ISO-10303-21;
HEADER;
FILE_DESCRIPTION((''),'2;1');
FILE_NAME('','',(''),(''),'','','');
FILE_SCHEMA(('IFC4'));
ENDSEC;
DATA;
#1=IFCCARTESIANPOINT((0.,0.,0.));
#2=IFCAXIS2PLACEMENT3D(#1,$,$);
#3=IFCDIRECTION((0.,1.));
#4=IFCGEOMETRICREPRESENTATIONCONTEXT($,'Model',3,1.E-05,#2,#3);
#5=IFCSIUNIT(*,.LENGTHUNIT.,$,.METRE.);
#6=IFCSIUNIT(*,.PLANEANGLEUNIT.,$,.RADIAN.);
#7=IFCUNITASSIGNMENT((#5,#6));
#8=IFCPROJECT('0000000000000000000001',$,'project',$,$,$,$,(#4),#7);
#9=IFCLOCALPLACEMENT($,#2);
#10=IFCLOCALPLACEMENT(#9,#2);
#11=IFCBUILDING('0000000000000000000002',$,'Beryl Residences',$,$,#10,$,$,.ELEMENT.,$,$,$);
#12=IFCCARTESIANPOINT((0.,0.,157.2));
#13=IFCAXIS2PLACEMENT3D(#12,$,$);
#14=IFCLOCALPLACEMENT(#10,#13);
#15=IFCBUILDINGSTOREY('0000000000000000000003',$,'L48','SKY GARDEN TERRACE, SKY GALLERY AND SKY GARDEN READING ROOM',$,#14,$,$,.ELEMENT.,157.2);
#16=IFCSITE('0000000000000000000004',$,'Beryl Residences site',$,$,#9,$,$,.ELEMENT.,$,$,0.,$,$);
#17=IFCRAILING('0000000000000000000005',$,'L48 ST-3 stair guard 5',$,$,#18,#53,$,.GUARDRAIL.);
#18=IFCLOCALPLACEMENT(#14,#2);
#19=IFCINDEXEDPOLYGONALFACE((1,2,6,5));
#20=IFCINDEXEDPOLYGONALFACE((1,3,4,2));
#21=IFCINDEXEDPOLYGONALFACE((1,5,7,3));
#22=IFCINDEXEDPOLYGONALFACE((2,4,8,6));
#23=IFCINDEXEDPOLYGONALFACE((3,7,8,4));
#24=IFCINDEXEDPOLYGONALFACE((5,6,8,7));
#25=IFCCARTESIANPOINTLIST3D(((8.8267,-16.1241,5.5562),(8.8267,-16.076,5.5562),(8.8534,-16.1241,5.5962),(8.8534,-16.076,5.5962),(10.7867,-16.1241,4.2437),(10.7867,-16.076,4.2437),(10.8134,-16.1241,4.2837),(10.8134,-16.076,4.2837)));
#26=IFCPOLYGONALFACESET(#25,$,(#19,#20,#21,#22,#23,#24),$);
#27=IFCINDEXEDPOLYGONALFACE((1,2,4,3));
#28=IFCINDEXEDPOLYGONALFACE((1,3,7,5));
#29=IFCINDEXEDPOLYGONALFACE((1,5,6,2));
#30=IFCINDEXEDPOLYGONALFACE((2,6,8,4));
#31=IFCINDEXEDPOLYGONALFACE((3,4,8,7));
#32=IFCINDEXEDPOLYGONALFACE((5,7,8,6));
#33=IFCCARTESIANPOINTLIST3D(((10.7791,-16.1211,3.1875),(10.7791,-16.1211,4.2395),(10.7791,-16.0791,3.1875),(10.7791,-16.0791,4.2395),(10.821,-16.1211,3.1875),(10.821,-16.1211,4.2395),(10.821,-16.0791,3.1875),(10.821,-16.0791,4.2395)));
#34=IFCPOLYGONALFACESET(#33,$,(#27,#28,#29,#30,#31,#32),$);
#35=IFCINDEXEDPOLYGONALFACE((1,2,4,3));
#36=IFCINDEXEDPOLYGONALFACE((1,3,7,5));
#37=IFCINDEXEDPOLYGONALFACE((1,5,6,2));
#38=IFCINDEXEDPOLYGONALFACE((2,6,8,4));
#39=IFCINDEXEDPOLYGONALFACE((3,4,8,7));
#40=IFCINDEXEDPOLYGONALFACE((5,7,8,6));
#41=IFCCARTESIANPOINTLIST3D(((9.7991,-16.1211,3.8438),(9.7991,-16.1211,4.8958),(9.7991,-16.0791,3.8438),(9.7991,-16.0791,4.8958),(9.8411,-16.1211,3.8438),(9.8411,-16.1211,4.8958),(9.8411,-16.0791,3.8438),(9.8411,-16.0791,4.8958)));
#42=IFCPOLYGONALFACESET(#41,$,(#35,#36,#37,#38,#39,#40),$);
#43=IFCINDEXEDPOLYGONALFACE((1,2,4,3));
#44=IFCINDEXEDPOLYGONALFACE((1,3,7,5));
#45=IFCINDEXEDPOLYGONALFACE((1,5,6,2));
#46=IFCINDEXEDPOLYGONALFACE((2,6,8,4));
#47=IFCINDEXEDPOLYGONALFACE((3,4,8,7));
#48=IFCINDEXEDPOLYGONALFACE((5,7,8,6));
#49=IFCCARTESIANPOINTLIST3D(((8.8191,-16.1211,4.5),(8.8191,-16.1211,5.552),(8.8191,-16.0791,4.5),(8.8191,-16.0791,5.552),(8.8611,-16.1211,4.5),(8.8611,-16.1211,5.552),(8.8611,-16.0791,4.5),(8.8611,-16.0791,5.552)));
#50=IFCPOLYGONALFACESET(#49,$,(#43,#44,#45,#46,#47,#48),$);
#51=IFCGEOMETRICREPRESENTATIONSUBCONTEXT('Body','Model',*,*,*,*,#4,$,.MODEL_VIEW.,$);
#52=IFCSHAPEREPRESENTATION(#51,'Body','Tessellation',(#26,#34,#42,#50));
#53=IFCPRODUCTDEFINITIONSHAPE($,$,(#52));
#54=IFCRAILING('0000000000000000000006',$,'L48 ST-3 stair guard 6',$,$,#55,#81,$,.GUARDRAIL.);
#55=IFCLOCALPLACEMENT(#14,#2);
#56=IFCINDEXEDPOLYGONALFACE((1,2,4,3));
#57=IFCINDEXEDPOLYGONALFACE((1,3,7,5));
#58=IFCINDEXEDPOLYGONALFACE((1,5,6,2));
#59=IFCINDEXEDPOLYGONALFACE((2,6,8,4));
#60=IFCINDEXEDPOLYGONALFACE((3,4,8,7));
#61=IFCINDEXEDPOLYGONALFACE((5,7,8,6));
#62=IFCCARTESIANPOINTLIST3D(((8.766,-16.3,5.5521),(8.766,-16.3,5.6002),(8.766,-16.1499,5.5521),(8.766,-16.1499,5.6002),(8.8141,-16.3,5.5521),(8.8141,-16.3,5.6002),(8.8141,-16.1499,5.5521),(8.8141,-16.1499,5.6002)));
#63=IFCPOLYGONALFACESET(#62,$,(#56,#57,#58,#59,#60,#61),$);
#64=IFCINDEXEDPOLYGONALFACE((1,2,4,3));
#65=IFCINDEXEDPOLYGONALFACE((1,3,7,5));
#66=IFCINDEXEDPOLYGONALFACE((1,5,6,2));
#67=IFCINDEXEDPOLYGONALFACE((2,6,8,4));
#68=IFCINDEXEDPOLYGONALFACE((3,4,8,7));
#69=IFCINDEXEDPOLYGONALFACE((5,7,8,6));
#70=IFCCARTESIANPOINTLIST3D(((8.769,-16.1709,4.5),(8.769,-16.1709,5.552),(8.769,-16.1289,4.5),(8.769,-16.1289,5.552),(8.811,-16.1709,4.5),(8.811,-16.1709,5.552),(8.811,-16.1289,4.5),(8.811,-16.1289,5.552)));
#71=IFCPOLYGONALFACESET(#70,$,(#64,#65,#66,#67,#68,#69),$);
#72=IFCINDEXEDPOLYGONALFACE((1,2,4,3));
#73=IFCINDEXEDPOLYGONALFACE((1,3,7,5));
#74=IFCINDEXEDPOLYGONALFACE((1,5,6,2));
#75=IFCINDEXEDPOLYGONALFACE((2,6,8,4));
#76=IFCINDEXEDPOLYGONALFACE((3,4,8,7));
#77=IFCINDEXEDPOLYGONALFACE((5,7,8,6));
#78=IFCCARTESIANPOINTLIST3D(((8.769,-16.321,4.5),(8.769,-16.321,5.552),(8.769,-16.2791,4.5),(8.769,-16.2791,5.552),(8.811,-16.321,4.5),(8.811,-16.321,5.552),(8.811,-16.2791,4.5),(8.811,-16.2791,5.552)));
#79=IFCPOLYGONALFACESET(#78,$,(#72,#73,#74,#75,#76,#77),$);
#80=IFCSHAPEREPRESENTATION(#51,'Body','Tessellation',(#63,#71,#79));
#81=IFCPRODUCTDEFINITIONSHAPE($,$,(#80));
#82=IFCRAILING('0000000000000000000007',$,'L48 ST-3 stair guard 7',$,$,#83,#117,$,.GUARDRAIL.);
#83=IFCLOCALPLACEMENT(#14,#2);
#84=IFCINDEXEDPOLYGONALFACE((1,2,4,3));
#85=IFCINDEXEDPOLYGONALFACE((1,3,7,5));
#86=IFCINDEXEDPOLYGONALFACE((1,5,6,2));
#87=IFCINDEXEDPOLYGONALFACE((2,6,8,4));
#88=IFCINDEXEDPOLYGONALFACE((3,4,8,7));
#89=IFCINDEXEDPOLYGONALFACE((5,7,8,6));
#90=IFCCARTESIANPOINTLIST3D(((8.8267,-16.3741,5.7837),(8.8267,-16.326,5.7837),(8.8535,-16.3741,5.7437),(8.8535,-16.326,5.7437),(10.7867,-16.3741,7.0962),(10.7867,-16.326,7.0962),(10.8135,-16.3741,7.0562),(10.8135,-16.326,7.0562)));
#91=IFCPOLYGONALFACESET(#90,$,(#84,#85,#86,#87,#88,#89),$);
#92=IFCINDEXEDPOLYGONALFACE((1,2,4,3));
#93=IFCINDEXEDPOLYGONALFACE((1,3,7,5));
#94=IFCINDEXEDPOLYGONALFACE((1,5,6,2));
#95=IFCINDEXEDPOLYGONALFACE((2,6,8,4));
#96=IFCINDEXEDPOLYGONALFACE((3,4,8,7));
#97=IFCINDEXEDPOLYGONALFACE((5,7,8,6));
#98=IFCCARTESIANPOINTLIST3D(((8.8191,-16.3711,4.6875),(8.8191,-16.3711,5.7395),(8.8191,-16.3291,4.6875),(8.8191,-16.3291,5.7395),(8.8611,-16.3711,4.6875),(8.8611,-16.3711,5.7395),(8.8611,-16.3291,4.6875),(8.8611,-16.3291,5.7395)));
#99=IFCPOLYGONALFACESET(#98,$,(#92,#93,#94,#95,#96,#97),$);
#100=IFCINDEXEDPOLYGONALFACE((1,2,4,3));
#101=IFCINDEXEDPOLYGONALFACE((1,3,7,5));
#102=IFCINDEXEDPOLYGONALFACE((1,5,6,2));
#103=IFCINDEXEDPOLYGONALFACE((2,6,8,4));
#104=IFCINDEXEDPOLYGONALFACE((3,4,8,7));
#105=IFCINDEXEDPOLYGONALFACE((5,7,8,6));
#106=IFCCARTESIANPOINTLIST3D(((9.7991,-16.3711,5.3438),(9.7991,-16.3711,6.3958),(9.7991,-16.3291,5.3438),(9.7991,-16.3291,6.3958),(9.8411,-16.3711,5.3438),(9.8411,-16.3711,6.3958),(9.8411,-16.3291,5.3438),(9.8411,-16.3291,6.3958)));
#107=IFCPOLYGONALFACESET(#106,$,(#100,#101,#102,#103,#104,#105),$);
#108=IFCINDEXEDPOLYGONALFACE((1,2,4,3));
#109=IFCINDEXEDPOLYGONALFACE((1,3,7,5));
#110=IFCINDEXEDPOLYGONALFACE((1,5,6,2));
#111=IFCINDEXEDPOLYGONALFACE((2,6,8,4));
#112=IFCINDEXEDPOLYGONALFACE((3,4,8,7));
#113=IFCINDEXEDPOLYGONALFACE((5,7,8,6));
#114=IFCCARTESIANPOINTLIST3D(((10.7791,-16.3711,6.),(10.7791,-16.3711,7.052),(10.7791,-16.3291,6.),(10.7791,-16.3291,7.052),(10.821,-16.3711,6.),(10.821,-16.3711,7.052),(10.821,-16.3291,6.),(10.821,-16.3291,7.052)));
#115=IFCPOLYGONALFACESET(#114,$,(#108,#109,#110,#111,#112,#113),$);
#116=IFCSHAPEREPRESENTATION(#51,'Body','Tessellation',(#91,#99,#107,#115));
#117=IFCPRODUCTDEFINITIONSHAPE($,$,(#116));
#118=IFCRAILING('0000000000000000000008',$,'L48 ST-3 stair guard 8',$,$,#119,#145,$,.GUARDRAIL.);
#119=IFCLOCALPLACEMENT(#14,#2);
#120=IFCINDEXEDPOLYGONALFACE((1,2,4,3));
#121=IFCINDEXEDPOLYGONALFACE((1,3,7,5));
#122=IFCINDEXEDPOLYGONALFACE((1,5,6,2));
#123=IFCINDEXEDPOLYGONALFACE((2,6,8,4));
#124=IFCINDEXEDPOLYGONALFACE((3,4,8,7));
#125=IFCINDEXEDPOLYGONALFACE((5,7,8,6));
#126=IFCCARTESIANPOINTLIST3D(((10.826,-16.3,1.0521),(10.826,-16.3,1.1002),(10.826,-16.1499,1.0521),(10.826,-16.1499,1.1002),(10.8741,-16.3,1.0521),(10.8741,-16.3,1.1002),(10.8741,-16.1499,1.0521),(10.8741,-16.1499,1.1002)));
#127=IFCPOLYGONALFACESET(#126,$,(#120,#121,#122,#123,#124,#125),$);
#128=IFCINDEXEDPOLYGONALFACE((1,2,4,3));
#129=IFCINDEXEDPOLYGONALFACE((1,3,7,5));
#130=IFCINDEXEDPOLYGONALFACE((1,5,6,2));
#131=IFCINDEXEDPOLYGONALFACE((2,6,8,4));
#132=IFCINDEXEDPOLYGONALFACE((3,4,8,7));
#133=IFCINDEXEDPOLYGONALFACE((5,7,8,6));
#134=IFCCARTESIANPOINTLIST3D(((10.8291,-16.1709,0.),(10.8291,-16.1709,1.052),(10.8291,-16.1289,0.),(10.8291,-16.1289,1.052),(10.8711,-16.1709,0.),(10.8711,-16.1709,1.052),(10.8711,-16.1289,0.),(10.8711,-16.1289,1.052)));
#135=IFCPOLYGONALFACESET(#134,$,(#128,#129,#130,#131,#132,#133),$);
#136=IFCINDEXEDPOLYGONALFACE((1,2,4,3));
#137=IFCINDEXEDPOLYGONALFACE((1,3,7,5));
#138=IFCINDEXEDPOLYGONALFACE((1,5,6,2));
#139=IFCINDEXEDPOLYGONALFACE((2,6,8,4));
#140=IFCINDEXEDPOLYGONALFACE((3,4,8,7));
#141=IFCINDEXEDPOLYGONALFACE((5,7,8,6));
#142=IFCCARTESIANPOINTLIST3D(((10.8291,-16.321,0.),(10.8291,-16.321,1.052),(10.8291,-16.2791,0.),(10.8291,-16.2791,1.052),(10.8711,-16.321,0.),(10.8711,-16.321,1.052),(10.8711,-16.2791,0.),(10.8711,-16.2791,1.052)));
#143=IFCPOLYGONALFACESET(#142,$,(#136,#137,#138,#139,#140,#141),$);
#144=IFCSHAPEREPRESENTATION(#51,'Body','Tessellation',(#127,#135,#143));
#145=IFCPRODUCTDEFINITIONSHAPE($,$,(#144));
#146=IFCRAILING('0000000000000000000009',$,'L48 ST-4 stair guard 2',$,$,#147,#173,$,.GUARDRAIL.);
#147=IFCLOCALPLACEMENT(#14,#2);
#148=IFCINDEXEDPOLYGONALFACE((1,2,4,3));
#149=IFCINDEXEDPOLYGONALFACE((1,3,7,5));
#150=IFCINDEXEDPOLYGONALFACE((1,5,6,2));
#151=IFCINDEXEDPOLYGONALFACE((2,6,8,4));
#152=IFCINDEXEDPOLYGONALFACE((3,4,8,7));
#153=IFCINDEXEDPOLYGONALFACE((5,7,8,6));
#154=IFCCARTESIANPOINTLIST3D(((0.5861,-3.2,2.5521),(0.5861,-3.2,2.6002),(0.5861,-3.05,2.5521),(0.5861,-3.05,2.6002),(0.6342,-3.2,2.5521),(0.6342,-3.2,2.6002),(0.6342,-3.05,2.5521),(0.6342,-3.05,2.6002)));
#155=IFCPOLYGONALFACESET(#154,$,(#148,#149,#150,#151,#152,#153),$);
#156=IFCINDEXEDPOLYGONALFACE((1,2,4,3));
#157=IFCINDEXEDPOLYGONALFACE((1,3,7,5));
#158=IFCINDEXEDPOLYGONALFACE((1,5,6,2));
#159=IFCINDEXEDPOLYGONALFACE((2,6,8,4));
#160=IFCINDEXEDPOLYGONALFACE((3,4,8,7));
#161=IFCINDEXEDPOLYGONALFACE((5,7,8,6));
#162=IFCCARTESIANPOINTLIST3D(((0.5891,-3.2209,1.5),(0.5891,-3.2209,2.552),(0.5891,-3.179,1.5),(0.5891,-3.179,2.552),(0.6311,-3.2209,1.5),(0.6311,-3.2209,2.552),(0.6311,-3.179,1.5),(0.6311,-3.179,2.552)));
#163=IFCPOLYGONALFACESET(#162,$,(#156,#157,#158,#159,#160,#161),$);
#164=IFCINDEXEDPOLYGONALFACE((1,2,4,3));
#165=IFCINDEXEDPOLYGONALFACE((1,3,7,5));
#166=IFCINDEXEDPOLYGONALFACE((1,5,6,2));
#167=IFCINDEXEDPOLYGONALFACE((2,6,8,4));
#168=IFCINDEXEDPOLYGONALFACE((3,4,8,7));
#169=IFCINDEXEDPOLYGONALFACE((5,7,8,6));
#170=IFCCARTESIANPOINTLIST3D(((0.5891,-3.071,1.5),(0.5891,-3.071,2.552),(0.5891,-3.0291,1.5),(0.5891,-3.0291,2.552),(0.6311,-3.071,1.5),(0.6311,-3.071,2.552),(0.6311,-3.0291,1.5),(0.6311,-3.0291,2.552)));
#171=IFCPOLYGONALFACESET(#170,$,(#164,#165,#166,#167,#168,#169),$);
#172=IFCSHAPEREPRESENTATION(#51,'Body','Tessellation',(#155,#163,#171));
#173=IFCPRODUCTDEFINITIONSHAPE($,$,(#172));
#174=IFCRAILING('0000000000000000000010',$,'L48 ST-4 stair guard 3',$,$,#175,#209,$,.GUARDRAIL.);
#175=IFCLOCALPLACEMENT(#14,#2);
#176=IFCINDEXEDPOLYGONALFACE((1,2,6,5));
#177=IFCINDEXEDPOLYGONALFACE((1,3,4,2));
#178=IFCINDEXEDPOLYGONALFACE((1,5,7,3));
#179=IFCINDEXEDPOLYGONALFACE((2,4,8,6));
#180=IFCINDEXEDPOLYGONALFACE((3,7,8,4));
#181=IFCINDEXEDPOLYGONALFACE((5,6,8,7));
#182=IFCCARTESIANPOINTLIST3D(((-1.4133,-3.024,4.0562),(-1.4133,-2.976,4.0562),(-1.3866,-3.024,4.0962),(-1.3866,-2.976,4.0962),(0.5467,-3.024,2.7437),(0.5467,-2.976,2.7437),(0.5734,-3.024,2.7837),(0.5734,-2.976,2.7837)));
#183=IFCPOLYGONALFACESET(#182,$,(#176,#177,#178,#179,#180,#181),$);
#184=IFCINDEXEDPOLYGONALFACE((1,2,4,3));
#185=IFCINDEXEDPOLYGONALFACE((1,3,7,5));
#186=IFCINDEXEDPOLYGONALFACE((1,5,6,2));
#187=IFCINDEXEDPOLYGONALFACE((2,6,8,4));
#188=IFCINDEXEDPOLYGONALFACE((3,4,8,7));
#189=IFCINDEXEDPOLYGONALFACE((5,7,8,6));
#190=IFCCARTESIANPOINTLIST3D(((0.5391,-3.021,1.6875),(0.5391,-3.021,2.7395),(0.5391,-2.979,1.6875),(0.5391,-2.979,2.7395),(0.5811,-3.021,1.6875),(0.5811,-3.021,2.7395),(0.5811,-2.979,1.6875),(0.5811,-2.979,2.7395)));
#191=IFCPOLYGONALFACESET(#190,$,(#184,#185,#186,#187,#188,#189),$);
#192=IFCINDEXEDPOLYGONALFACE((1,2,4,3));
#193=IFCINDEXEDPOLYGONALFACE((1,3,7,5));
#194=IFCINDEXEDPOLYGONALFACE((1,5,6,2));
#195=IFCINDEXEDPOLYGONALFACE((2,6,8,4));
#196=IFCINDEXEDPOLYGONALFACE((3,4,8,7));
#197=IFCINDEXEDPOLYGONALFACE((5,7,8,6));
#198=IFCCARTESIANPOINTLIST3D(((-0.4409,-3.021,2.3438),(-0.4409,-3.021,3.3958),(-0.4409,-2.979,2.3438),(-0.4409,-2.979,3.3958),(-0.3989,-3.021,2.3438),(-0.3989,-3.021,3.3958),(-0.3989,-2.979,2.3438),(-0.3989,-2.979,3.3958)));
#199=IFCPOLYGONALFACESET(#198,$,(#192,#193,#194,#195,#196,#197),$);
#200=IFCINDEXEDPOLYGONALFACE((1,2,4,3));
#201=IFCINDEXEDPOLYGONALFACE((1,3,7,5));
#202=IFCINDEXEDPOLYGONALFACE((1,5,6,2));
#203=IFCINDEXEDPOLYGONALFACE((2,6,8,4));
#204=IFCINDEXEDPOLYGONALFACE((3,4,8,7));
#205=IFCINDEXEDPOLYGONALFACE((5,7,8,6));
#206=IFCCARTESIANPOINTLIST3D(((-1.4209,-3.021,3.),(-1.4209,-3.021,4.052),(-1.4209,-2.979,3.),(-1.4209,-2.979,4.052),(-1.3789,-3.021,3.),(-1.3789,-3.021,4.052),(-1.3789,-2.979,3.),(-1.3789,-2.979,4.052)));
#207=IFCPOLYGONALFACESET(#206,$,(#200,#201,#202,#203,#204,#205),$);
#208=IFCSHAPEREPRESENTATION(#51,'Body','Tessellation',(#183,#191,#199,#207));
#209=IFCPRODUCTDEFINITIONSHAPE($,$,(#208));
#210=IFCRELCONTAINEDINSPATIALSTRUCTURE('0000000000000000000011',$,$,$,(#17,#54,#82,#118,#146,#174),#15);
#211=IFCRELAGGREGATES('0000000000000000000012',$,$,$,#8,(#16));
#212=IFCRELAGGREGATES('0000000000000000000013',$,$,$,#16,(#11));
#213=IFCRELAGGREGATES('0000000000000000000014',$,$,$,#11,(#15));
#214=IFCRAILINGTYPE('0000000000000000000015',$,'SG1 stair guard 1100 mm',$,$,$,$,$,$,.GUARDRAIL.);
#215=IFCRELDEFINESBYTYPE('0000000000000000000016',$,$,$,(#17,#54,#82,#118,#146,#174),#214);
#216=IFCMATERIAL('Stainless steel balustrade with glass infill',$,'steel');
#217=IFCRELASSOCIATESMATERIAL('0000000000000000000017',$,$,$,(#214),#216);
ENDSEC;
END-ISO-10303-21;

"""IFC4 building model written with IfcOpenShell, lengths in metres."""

from ifc_helpers import new_model, si_unit, direction, frame, origin, origin_2d, place, context, subcontext, project, spatial, rectangle, extrude, material, type_object, element, save


model = new_model("IFC4")

# Units and contexts
model_context = context("Model", 3, precision=1e-05, world=origin(), true_north=direction((0.0, 1.0)))
body_context = subcontext(model_context, "Body", "Model", "MODEL_VIEW")
ifc_project = project(units=[si_unit("LENGTHUNIT", "METRE"), si_unit("PLANEANGLEUNIT", "RADIAN")], contexts=[model_context])

# Site, building, storey
site_placement = place(None, origin())
site = spatial("IfcSite", under=ifc_project, at=site_placement, Name="Beryl Residences site", CompositionType="ELEMENT", RefElevation=0.0)
building_placement = place(site_placement, origin())
building = spatial("IfcBuilding", under=site, at=building_placement, Name="Beryl Residences", CompositionType="ELEMENT")
storey_placement = place(building_placement, frame((0.0, 0.0, 157.2)))
storey = spatial("IfcBuildingStorey", under=building, at=storey_placement, Name="L48", Description="SKY GARDEN TERRACE, SKY GALLERY AND SKY GARDEN READING ROOM", CompositionType="ELEMENT", Elevation=157.2)

# Railings
ifc_material_1 = material(Name="Stainless steel balustrade with glass infill", Category="steel")
railing_type_1 = type_object("IfcRailingType", Name="SG1 stair guard 1100 mm", PredefinedType="GUARDRAIL", material=ifc_material_1)
railing_1_placement = place(storey_placement, frame((10.8, -16.1001, 3.1875)))
element("IfcRailing", 1, at=railing_1_placement, inside=storey, type_object=railing_type_1, Name="L48 ST-3 stair guard 5", PredefinedType="GUARDRAIL", context=body_context, shape_type="SweptSolid", body=[
    extrude(rectangle(XDim=0.0481, YDim=0.0481, at=origin_2d()), frame((0.0, 0.0, 1.0762), z_axis=(-0.830902, 0.0, 0.556419), x_axis=(0.0, -1.0, 0.0)), (0.0, 0.0, 1.0), 2.3589),
    extrude(rectangle(XDim=0.042, YDim=0.042, at=origin_2d()), origin(), (0.0, 0.0, 1.0), 1.052),
    extrude(rectangle(XDim=0.042, YDim=0.042, at=origin_2d()), frame((-0.98, 0.0, 0.6562)), (0.0, 0.0, 1.0), 1.052),
    extrude(rectangle(XDim=0.042, YDim=0.042, at=origin_2d()), frame((-1.96, 0.0, 1.3125)), (0.0, 0.0, 1.0), 1.052),
])
railing_2_placement = place(storey_placement, frame((8.79, -16.1499, 4.5)))
element("IfcRailing", 2, at=railing_2_placement, inside=storey, type_object=railing_type_1, Name="L48 ST-3 stair guard 6", PredefinedType="GUARDRAIL", context=body_context, shape_type="SweptSolid", body=[
    extrude(rectangle(XDim=0.0481, YDim=0.0481, at=origin_2d()), frame((0.0, 0.0, 1.0762), z_axis=(0.0, -1.0, 0.0), x_axis=(1.0, 0.0, 0.0)), (0.0, 0.0, 1.0), 0.1501),
    extrude(rectangle(XDim=0.042, YDim=0.042, at=origin_2d()), origin(), (0.0, 0.0, 1.0), 1.052),
    extrude(rectangle(XDim=0.042, YDim=0.042, at=origin_2d()), frame((0.0, -0.1501, 0.0)), (0.0, 0.0, 1.0), 1.052),
])
railing_3_placement = place(storey_placement, frame((8.8401, -16.3501, 4.6875)))
element("IfcRailing", 3, at=railing_3_placement, inside=storey, type_object=railing_type_1, Name="L48 ST-3 stair guard 7", PredefinedType="GUARDRAIL", context=body_context, shape_type="SweptSolid", body=[
    extrude(rectangle(XDim=0.0481, YDim=0.0481, at=origin_2d()), frame((0.0, 0.0, 1.0762), z_axis=(0.830902, 0.0, 0.556419), x_axis=(0.0, 1.0, 0.0)), (0.0, 0.0, 1.0), 2.3589),
    extrude(rectangle(XDim=0.042, YDim=0.042, at=origin_2d()), origin(), (0.0, 0.0, 1.0), 1.052),
    extrude(rectangle(XDim=0.042, YDim=0.042, at=origin_2d()), frame((0.98, 0.0, 0.6562)), (0.0, 0.0, 1.0), 1.052),
    extrude(rectangle(XDim=0.042, YDim=0.042, at=origin_2d()), frame((1.96, 0.0, 1.3125)), (0.0, 0.0, 1.0), 1.052),
])
railing_4_placement = place(storey_placement, frame((10.8501, -16.1499, 0.0)))
element("IfcRailing", 4, at=railing_4_placement, inside=storey, type_object=railing_type_1, Name="L48 ST-3 stair guard 8", PredefinedType="GUARDRAIL", context=body_context, shape_type="SweptSolid", body=[
    extrude(rectangle(XDim=0.0481, YDim=0.0481, at=origin_2d()), frame((0.0, 0.0, 1.0762), z_axis=(0.0, -1.0, 0.0), x_axis=(1.0, 0.0, 0.0)), (0.0, 0.0, 1.0), 0.1501),
    extrude(rectangle(XDim=0.042, YDim=0.042, at=origin_2d()), origin(), (0.0, 0.0, 1.0), 1.052),
    extrude(rectangle(XDim=0.042, YDim=0.042, at=origin_2d()), frame((0.0, -0.1501, 0.0)), (0.0, 0.0, 1.0), 1.052),
])
railing_5_placement = place(storey_placement, frame((0.6101, -3.2, 1.5)))
element("IfcRailing", 5, at=railing_5_placement, inside=storey, type_object=railing_type_1, Name="L48 ST-4 stair guard 2", PredefinedType="GUARDRAIL", context=body_context, shape_type="SweptSolid", body=[
    extrude(rectangle(XDim=0.0481, YDim=0.0481, at=origin_2d()), frame((0.0, 0.0, 1.0762), z_axis=(0.0, 1.0, 0.0), x_axis=(-1.0, 0.0, 0.0)), (0.0, 0.0, 1.0), 0.1499),
    extrude(rectangle(XDim=0.042, YDim=0.042, at=origin_2d()), origin(), (0.0, 0.0, 1.0), 1.052),
    extrude(rectangle(XDim=0.042, YDim=0.042, at=origin_2d()), frame((0.0, 0.1499, 0.0)), (0.0, 0.0, 1.0), 1.052),
])
railing_6_placement = place(storey_placement, frame((0.5601, -3.0, 1.6875)))
element("IfcRailing", 6, at=railing_6_placement, inside=storey, type_object=railing_type_1, Name="L48 ST-4 stair guard 3", PredefinedType="GUARDRAIL", context=body_context, shape_type="SweptSolid", body=[
    extrude(rectangle(XDim=0.0481, YDim=0.0481, at=origin_2d()), frame((0.0, 0.0, 1.0762), z_axis=(-0.830902, 0.0, 0.556419), x_axis=(0.0, -1.0, 0.0)), (0.0, 0.0, 1.0), 2.3589),
    extrude(rectangle(XDim=0.042, YDim=0.042, at=origin_2d()), origin(), (0.0, 0.0, 1.0), 1.052),
    extrude(rectangle(XDim=0.042, YDim=0.042, at=origin_2d()), frame((-0.98, 0.0, 0.6562)), (0.0, 0.0, 1.0), 1.052),
    extrude(rectangle(XDim=0.042, YDim=0.042, at=origin_2d()), frame((-1.96, 0.0, 1.3125)), (0.0, 0.0, 1.0), 1.052),
])

save(model, "model.ifc")
